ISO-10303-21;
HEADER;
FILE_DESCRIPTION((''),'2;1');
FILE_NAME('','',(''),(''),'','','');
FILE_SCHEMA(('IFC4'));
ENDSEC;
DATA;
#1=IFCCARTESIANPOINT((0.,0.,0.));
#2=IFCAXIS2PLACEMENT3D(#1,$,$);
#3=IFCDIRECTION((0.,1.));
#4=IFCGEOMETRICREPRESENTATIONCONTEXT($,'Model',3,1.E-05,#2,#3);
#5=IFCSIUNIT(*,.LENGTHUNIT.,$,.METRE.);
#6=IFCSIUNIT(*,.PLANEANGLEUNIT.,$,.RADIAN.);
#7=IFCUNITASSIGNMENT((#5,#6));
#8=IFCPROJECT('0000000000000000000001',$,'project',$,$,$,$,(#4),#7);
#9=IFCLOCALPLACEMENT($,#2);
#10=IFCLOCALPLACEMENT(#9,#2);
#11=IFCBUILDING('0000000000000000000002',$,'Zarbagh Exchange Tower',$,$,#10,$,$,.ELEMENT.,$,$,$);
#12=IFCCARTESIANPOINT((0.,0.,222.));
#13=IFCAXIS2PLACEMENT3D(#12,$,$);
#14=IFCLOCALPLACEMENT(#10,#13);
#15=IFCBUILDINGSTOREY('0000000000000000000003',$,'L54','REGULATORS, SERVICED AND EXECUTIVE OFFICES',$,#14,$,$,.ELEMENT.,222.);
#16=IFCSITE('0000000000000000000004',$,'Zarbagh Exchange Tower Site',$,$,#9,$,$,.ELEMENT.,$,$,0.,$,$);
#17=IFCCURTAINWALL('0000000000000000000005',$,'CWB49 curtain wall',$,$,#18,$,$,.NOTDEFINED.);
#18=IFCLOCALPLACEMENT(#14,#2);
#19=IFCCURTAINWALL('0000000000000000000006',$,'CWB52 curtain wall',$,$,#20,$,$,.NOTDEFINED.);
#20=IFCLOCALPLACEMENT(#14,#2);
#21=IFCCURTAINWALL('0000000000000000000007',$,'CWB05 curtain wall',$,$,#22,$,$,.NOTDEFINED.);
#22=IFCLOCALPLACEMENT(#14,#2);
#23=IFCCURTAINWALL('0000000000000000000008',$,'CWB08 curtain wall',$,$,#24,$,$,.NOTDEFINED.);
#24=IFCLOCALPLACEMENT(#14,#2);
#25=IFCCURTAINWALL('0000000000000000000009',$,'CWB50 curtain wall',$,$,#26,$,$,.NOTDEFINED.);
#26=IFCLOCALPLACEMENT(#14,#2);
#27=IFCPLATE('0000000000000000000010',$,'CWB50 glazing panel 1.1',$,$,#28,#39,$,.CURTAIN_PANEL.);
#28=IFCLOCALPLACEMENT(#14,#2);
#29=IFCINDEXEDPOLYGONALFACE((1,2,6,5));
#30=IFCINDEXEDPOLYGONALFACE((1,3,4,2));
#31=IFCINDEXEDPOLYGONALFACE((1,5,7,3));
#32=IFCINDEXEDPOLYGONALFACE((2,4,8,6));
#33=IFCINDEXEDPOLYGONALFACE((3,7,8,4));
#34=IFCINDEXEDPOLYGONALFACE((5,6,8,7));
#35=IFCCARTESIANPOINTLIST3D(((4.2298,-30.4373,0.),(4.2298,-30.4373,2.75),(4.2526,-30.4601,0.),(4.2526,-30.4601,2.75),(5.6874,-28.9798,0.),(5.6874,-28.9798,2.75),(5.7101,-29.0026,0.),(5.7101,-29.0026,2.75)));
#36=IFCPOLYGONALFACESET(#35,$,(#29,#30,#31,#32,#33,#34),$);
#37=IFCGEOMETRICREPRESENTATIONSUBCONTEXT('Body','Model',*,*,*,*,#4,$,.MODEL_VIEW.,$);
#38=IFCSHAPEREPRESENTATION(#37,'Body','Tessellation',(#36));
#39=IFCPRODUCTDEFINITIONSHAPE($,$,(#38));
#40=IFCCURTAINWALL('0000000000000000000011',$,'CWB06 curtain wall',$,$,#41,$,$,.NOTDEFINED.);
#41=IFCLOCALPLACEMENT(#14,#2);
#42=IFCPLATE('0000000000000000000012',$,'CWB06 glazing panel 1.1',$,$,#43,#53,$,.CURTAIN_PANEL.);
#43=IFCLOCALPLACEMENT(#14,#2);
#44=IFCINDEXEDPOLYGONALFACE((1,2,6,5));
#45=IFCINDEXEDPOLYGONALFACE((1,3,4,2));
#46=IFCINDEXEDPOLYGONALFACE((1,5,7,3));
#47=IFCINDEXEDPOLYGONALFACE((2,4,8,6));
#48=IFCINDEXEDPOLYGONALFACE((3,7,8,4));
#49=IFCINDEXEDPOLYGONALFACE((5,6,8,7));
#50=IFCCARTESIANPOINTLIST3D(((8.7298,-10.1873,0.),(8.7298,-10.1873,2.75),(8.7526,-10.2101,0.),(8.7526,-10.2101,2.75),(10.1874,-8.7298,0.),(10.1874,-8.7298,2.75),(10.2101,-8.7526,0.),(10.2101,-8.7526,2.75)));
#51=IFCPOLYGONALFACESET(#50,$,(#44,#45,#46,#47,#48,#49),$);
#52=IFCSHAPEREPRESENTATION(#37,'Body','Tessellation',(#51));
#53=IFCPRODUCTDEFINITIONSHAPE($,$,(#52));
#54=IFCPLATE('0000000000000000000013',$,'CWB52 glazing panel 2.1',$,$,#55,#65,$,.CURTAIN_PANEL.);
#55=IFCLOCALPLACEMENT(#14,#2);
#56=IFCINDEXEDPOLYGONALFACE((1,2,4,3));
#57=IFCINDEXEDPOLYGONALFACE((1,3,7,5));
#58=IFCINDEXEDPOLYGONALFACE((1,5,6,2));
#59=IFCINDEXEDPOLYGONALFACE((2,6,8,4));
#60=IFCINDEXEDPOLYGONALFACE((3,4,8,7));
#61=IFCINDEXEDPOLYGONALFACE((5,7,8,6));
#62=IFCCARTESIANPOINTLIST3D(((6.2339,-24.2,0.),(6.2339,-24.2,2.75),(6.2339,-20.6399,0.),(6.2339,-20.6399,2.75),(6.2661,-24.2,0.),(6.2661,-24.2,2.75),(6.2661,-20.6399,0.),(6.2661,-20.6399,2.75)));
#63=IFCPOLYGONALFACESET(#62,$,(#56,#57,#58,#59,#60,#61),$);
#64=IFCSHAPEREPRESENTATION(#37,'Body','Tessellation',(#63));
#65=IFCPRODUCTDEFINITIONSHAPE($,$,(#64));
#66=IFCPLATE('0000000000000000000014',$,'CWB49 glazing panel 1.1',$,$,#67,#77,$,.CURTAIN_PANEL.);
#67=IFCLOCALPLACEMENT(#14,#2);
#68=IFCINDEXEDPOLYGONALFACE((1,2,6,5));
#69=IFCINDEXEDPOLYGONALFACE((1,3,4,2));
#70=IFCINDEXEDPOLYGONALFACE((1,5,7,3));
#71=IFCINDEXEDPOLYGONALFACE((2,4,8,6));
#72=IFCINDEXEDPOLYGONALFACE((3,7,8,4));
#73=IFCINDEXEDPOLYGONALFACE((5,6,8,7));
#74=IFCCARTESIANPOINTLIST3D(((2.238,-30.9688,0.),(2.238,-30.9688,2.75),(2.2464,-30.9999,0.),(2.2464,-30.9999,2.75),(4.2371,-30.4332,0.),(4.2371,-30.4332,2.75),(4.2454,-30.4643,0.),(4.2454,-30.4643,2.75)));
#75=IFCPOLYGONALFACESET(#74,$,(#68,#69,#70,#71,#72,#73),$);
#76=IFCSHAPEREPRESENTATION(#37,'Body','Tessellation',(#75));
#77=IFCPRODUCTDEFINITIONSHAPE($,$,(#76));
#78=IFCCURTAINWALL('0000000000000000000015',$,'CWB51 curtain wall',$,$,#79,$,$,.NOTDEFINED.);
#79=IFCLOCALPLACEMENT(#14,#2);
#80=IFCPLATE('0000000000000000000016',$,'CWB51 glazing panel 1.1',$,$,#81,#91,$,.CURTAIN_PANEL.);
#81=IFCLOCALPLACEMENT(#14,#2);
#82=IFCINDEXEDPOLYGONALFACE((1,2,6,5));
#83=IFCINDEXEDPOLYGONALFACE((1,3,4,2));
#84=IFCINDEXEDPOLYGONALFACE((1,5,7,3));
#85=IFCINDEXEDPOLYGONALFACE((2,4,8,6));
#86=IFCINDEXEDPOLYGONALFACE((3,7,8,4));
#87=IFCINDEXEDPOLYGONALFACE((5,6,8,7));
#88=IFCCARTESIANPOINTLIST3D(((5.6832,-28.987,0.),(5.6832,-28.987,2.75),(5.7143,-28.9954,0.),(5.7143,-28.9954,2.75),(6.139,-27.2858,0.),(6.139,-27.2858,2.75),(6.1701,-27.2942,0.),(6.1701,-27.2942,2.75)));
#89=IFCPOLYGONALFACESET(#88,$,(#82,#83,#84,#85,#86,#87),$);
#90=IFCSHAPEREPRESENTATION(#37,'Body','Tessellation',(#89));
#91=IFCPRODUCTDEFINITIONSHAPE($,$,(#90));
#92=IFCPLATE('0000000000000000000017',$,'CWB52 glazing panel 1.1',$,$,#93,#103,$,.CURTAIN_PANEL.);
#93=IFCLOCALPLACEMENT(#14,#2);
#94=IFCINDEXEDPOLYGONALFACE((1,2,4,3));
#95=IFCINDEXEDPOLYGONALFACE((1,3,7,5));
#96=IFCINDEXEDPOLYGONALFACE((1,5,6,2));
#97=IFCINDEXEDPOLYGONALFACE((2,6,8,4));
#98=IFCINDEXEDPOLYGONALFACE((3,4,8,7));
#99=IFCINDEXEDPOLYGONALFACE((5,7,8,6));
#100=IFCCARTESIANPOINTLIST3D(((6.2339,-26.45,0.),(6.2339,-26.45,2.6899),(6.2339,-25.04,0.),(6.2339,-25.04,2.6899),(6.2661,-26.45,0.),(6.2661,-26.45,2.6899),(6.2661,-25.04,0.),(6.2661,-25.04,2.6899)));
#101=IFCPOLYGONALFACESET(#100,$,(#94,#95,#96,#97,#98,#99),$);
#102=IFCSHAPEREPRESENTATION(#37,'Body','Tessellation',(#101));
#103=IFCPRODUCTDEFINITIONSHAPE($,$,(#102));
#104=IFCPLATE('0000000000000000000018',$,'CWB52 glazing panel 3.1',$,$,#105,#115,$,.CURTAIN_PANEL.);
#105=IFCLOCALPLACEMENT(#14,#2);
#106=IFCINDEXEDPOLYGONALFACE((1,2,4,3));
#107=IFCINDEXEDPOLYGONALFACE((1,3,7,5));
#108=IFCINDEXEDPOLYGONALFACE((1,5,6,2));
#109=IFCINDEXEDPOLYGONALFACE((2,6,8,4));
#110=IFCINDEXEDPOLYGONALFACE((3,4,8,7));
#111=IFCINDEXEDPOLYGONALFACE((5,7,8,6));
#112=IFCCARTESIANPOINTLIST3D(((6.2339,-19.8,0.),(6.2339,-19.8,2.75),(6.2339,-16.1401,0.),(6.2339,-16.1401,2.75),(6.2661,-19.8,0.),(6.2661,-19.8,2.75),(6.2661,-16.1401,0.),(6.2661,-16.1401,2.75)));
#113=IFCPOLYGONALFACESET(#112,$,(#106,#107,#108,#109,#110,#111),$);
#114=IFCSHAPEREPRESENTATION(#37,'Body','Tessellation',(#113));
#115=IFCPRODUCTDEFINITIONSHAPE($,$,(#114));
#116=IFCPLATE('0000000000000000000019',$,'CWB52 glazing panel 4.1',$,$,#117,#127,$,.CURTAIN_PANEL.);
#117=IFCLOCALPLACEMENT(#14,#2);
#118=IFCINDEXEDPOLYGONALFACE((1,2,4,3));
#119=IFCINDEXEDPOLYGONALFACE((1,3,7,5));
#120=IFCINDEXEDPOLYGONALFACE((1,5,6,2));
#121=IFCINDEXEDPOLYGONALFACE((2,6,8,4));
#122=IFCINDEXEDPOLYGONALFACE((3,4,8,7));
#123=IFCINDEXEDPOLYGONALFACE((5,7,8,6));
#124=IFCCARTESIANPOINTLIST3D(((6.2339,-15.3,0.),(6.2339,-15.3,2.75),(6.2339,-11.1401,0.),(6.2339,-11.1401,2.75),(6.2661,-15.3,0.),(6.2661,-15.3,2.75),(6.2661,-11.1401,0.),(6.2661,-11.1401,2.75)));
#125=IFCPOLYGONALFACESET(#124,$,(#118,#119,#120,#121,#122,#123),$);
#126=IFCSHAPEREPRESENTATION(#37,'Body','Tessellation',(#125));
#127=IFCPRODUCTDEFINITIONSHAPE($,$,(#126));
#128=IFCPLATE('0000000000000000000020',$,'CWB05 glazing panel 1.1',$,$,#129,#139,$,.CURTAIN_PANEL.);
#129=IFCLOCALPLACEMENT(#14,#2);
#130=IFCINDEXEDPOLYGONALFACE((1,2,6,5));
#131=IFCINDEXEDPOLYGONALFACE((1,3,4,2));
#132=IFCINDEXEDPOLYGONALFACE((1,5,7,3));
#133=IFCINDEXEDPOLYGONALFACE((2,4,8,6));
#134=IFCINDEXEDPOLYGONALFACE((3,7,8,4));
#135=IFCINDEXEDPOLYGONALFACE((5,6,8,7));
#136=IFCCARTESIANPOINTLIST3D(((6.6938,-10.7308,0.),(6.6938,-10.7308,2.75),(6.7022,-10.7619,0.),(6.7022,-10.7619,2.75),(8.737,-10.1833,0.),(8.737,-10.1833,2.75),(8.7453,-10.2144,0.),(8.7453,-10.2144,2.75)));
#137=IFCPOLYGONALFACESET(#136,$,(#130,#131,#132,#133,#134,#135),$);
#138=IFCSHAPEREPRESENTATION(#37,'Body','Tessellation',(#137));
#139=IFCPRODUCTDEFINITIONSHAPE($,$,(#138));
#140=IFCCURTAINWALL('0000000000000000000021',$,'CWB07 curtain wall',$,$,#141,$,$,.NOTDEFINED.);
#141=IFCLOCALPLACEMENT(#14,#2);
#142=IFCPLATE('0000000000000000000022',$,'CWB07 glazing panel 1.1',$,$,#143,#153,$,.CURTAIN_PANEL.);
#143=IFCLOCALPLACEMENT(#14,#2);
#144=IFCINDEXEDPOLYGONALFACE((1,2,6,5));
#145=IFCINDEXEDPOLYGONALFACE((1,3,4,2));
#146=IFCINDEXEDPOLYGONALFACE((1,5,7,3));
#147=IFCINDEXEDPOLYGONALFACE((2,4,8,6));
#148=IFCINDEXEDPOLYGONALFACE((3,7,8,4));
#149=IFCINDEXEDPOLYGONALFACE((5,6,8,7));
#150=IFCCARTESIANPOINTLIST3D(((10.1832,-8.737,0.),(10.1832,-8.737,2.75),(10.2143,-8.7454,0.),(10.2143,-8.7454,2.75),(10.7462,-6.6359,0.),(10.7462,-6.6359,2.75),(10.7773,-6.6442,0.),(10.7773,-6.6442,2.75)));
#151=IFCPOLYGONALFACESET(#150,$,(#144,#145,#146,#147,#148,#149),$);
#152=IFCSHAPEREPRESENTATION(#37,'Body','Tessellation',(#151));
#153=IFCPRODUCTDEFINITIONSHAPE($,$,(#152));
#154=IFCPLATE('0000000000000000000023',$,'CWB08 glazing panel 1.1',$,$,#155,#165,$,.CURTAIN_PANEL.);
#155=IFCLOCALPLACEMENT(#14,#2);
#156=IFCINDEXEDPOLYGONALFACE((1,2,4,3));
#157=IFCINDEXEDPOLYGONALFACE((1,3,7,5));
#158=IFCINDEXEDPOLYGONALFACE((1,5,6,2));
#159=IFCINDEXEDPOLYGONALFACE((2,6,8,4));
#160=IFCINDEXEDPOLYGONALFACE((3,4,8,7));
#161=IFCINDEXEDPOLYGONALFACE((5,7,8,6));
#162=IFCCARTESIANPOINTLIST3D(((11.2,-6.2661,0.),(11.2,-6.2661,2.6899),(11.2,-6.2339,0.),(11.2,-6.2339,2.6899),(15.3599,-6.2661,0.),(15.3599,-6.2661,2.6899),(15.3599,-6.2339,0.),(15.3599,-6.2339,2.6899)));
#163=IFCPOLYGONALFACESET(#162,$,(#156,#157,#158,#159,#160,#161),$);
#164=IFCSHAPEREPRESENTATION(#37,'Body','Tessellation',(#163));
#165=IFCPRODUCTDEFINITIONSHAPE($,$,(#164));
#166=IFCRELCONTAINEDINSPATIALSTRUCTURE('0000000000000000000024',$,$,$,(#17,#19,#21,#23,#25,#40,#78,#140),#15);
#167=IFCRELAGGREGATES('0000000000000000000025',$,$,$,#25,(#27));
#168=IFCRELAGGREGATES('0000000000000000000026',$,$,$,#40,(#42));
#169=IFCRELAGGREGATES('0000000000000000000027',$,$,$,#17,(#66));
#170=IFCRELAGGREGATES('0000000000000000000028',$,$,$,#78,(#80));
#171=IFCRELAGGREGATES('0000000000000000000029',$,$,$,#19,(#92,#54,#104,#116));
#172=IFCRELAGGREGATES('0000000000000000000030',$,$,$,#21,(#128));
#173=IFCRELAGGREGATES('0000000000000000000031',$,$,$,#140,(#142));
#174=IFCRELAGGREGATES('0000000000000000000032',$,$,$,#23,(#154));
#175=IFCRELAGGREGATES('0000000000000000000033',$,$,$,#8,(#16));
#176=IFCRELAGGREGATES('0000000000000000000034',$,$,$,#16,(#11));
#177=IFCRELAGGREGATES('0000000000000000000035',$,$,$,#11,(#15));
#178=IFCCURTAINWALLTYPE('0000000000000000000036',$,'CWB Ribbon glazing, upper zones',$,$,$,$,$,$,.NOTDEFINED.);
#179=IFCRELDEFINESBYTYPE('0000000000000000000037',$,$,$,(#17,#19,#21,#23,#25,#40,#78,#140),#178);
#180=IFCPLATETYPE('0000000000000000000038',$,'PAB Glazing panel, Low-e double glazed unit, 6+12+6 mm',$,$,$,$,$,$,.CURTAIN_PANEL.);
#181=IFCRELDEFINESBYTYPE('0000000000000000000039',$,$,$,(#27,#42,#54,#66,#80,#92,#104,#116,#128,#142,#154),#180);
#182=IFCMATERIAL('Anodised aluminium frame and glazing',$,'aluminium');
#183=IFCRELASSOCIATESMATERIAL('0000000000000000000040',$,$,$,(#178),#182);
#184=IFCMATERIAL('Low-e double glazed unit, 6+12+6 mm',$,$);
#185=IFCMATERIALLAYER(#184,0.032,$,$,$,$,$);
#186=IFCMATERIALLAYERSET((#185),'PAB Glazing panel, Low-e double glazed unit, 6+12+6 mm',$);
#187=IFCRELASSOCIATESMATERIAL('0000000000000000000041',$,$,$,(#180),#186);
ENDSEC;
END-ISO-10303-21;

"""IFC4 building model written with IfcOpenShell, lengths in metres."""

from ifc_helpers import new_model, si_unit, direction, frame, origin, place, context, subcontext, project, spatial, polyline, outline, extrude, source, transform, mapped, material, layer, layer_set, type_object, element, aggregate, save


model = new_model("IFC4")

# Units and contexts
model_context = context("Model", 3, precision=1e-05, world=origin(), true_north=direction((0.0, 1.0)))
body_context = subcontext(model_context, "Body", "Model", "MODEL_VIEW")
ifc_project = project(units=[si_unit("LENGTHUNIT", "METRE"), si_unit("PLANEANGLEUNIT", "RADIAN")], contexts=[model_context])

# Site, building, storey
site_placement = place(None, origin())
site = spatial("IfcSite", under=ifc_project, at=site_placement, Name="Zarbagh Exchange Tower Site", CompositionType="ELEMENT", RefElevation=0.0)
building_placement = place(site_placement, origin())
building = spatial("IfcBuilding", under=site, at=building_placement, Name="Zarbagh Exchange Tower", CompositionType="ELEMENT")
storey_placement = place(building_placement, frame((0.0, 0.0, 222.0)))
storey = spatial("IfcBuildingStorey", under=building, at=storey_placement, Name="L54", Description="REGULATORS, SERVICED AND EXECUTIVE OFFICES", CompositionType="ELEMENT", Elevation=222.0)

# Curtain wall
ifc_material_1 = material(Name="Anodised aluminium frame and glazing", Category="aluminium")
curtain_wall_type = type_object("IfcCurtainWallType", Name="CWB Ribbon glazing, upper zones", PredefinedType="NOTDEFINED", material=ifc_material_1)
curtain_wall_1_placement = place(storey_placement, origin())
curtain_wall_1 = element("IfcCurtainWall", 1, at=curtain_wall_1_placement, inside=storey, type_object=curtain_wall_type, Name="CWB49 curtain wall", PredefinedType="NOTDEFINED")
placement = place(storey_placement, origin())

# Curtain wall
curtain_wall_2_placement = place(storey_placement, origin())
curtain_wall_2 = element("IfcCurtainWall", 2, at=curtain_wall_2_placement, inside=storey, type_object=curtain_wall_type, Name="CWB52 curtain wall", PredefinedType="NOTDEFINED")

# Curtain walls
curtain_wall_3_placement = place(storey_placement, origin())
curtain_wall_3 = element("IfcCurtainWall", 3, at=curtain_wall_3_placement, inside=storey, type_object=curtain_wall_type, Name="CWB05 curtain wall", PredefinedType="NOTDEFINED")
curtain_wall_4_placement = place(storey_placement, origin())
curtain_wall_4 = element("IfcCurtainWall", 4, at=curtain_wall_4_placement, inside=storey, type_object=curtain_wall_type, Name="CWB08 curtain wall", PredefinedType="NOTDEFINED")

# Curtain walls, plates
curtain_wall_5_placement = place(storey_placement, origin())
curtain_wall_5 = element("IfcCurtainWall", 5, at=curtain_wall_5_placement, inside=storey, type_object=curtain_wall_type, Name="CWB50 curtain wall", PredefinedType="NOTDEFINED")
ifc_material_2 = material(Name="Low-e double glazed unit, 6+12+6 mm")
ifc_layer_1 = layer(ifc_material_2, 0.032)
ifc_layer_set_1 = layer_set([ifc_layer_1], Name="PAB Glazing panel, Low-e double glazed unit, 6+12+6 mm")
plate_type = type_object("IfcPlateType", Name="PAB Glazing panel, Low-e double glazed unit, 6+12+6 mm", PredefinedType="CURTAIN_PANEL", material=ifc_layer_set_1)
shared_shape_1 = source(origin(), body_context, "Body", "SweptSolid", [
    extrude(outline(polyline([(0.0, -0.0161), (2.0613, -0.0161), (2.0613, 0.0161), (0.0, 0.0161), (0.0, -0.0161)])), origin(), (0.0, 0.0, 1.0), 2.75),
])
plate_1 = element("IfcPlate", 6, at=placement, type_object=plate_type, Name="CWB50 glazing panel 1.1", PredefinedType="CURTAIN_PANEL", context=body_context, shape_type="MappedRepresentation", body=[
    mapped(shared_shape_1, transform((4.2412, -30.4487, 0.0), x_axis=(0.707107, 0.707107, 0.0), y_axis=(-0.707107, 0.707107, 0.0), z_axis=(0.0, 0.0, 1.0))),
])
aggregate(curtain_wall_5, [plate_1])
curtain_wall_6_placement = place(storey_placement, origin())
curtain_wall_6 = element("IfcCurtainWall", 7, at=curtain_wall_6_placement, inside=storey, type_object=curtain_wall_type, Name="CWB06 curtain wall", PredefinedType="NOTDEFINED")
plate_2 = element("IfcPlate", 8, at=placement, type_object=plate_type, Name="CWB06 glazing panel 1.1", PredefinedType="CURTAIN_PANEL", context=body_context, shape_type="MappedRepresentation", body=[
    mapped(shared_shape_1, transform((8.7412, -10.1987, 0.0), x_axis=(0.707107, 0.707107, 0.0), y_axis=(-0.707107, 0.707107, 0.0), z_axis=(0.0, 0.0, 1.0))),
])
aggregate(curtain_wall_6, [plate_2])

# Plates
shared_shape_2 = source(origin(), body_context, "Body", "SweptSolid", [
    extrude(outline(polyline([(0.0, -0.0161), (3.5601, -0.0161), (3.5601, 0.0161), (0.0, 0.0161), (0.0, -0.0161)])), origin(), (0.0, 0.0, 1.0), 2.75),
])
plate_3 = element("IfcPlate", 9, at=placement, type_object=plate_type, Name="CWB52 glazing panel 2.1", PredefinedType="CURTAIN_PANEL", context=body_context, shape_type="MappedRepresentation", body=[
    mapped(shared_shape_2, transform((6.25, -24.2, 0.0), x_axis=(0.0, 1.0, 0.0), y_axis=(-1.0, 0.0, 0.0), z_axis=(0.0, 0.0, 1.0))),
])
shared_shape_3 = source(origin(), body_context, "Body", "SweptSolid", [
    extrude(outline(polyline([(0.0, -0.0161), (2.0696, -0.0161), (2.0696, 0.0161), (0.0, 0.0161), (0.0, -0.0161)])), origin(), (0.0, 0.0, 1.0), 2.75),
])
plate_4 = element("IfcPlate", 10, at=placement, type_object=plate_type, Name="CWB49 glazing panel 1.1", PredefinedType="CURTAIN_PANEL", context=body_context, shape_type="MappedRepresentation", body=[
    mapped(shared_shape_3, transform((2.2422, -30.9844, 0.0), x_axis=(0.965924, 0.258825, 0.0), y_axis=(-0.258825, 0.965924, 0.0), z_axis=(0.0, 0.0, 1.0))),
])
aggregate(curtain_wall_1, [plate_4])

# Curtain wall, plate
curtain_wall_7_placement = place(storey_placement, origin())
curtain_wall_7 = element("IfcCurtainWall", 11, at=curtain_wall_7_placement, inside=storey, type_object=curtain_wall_type, Name="CWB51 curtain wall", PredefinedType="NOTDEFINED")
shared_shape_4 = source(origin(), body_context, "Body", "SweptSolid", [
    extrude(outline(polyline([(0.0, -0.0161), (1.7612, -0.0161), (1.7612, 0.0161), (0.0, 0.0161), (0.0, -0.0161)])), origin(), (0.0, 0.0, 1.0), 2.75),
])
plate_5 = element("IfcPlate", 12, at=placement, type_object=plate_type, Name="CWB51 glazing panel 1.1", PredefinedType="CURTAIN_PANEL", context=body_context, shape_type="MappedRepresentation", body=[
    mapped(shared_shape_4, transform((5.6987, -28.9912, 0.0), x_axis=(0.258825, 0.965924, 0.0), y_axis=(-0.965924, 0.258825, 0.0), z_axis=(0.0, 0.0, 1.0))),
])
aggregate(curtain_wall_7, [plate_5])

# Plates
shared_shape_5 = source(origin(), body_context, "Body", "SweptSolid", [
    extrude(outline(polyline([(0.0, -0.0161), (1.4099, -0.0161), (1.4099, 0.0161), (0.0, 0.0161), (0.0, -0.0161)])), origin(), (0.0, 0.0, 1.0), 2.6899),
])
plate_6 = element("IfcPlate", 13, at=placement, type_object=plate_type, Name="CWB52 glazing panel 1.1", PredefinedType="CURTAIN_PANEL", context=body_context, shape_type="MappedRepresentation", body=[
    mapped(shared_shape_5, transform((6.25, -26.45, 0.0), x_axis=(0.0, 1.0, 0.0), y_axis=(-1.0, 0.0, 0.0), z_axis=(0.0, 0.0, 1.0))),
])
shared_shape_6 = source(origin(), body_context, "Body", "SweptSolid", [
    extrude(outline(polyline([(0.0, -0.0161), (3.6599, -0.0161), (3.6599, 0.0161), (0.0, 0.0161), (0.0, -0.0161)])), origin(), (0.0, 0.0, 1.0), 2.75),
])
plate_7 = element("IfcPlate", 14, at=placement, type_object=plate_type, Name="CWB52 glazing panel 3.1", PredefinedType="CURTAIN_PANEL", context=body_context, shape_type="MappedRepresentation", body=[
    mapped(shared_shape_6, transform((6.25, -19.8, 0.0), x_axis=(0.0, 1.0, 0.0), y_axis=(-1.0, 0.0, 0.0), z_axis=(0.0, 0.0, 1.0))),
])
shared_shape_7 = source(origin(), body_context, "Body", "SweptSolid", [
    extrude(outline(polyline([(0.0, -0.0161), (4.1599, -0.0161), (4.1599, 0.0161), (0.0, 0.0161), (0.0, -0.0161)])), origin(), (0.0, 0.0, 1.0), 2.75),
])
plate_8 = element("IfcPlate", 15, at=placement, type_object=plate_type, Name="CWB52 glazing panel 4.1", PredefinedType="CURTAIN_PANEL", context=body_context, shape_type="MappedRepresentation", body=[
    mapped(shared_shape_7, transform((6.25, -15.3, 0.0), x_axis=(0.0, 1.0, 0.0), y_axis=(-1.0, 0.0, 0.0), z_axis=(0.0, 0.0, 1.0))),
])
aggregate(curtain_wall_2, [plate_6, plate_3, plate_7, plate_8])
shared_shape_8 = source(origin(), body_context, "Body", "SweptSolid", [
    extrude(outline(polyline([(0.0, -0.0161), (2.1152, -0.0161), (2.1152, 0.0161), (0.0, 0.0161), (0.0, -0.0161)])), origin(), (0.0, 0.0, 1.0), 2.75),
])
plate_9 = element("IfcPlate", 16, at=placement, type_object=plate_type, Name="CWB05 glazing panel 1.1", PredefinedType="CURTAIN_PANEL", context=body_context, shape_type="MappedRepresentation", body=[
    mapped(shared_shape_8, transform((6.698, -10.7463, 0.0), x_axis=(0.965924, 0.258825, 0.0), y_axis=(-0.258825, 0.965924, 0.0), z_axis=(0.0, 0.0, 1.0))),
])
aggregate(curtain_wall_3, [plate_9])

# Curtain wall, plate
curtain_wall_8_placement = place(storey_placement, origin())
curtain_wall_8 = element("IfcCurtainWall", 17, at=curtain_wall_8_placement, inside=storey, type_object=curtain_wall_type, Name="CWB07 curtain wall", PredefinedType="NOTDEFINED")
shared_shape_9 = source(origin(), body_context, "Body", "SweptSolid", [
    extrude(outline(polyline([(0.0, -0.0161), (2.1753, -0.0161), (2.1753, 0.0161), (0.0, 0.0161), (0.0, -0.0161)])), origin(), (0.0, 0.0, 1.0), 2.75),
])
plate_10 = element("IfcPlate", 18, at=placement, type_object=plate_type, Name="CWB07 glazing panel 1.1", PredefinedType="CURTAIN_PANEL", context=body_context, shape_type="MappedRepresentation", body=[
    mapped(shared_shape_9, transform((10.1987, -8.7412, 0.0), x_axis=(0.258825, 0.965924, 0.0), y_axis=(-0.965924, 0.258825, 0.0), z_axis=(0.0, 0.0, 1.0))),
])
aggregate(curtain_wall_8, [plate_10])

# Plate
shared_shape_10 = source(origin(), body_context, "Body", "SweptSolid", [
    extrude(outline(polyline([(0.0, -0.0161), (4.1599, -0.0161), (4.1599, 0.0161), (0.0, 0.0161), (0.0, -0.0161)])), origin(), (0.0, 0.0, 1.0), 2.6899),
])
plate_11 = element("IfcPlate", 19, at=placement, type_object=plate_type, Name="CWB08 glazing panel 1.1", PredefinedType="CURTAIN_PANEL", context=body_context, shape_type="MappedRepresentation", body=[
    mapped(shared_shape_10, transform((11.2, -6.25, 0.0), x_axis=(1.0, 0.0, 0.0), y_axis=(0.0, 1.0, 0.0), z_axis=(0.0, 0.0, 1.0))),
])
aggregate(curtain_wall_4, [plate_11])

save(model, "model.ifc")
